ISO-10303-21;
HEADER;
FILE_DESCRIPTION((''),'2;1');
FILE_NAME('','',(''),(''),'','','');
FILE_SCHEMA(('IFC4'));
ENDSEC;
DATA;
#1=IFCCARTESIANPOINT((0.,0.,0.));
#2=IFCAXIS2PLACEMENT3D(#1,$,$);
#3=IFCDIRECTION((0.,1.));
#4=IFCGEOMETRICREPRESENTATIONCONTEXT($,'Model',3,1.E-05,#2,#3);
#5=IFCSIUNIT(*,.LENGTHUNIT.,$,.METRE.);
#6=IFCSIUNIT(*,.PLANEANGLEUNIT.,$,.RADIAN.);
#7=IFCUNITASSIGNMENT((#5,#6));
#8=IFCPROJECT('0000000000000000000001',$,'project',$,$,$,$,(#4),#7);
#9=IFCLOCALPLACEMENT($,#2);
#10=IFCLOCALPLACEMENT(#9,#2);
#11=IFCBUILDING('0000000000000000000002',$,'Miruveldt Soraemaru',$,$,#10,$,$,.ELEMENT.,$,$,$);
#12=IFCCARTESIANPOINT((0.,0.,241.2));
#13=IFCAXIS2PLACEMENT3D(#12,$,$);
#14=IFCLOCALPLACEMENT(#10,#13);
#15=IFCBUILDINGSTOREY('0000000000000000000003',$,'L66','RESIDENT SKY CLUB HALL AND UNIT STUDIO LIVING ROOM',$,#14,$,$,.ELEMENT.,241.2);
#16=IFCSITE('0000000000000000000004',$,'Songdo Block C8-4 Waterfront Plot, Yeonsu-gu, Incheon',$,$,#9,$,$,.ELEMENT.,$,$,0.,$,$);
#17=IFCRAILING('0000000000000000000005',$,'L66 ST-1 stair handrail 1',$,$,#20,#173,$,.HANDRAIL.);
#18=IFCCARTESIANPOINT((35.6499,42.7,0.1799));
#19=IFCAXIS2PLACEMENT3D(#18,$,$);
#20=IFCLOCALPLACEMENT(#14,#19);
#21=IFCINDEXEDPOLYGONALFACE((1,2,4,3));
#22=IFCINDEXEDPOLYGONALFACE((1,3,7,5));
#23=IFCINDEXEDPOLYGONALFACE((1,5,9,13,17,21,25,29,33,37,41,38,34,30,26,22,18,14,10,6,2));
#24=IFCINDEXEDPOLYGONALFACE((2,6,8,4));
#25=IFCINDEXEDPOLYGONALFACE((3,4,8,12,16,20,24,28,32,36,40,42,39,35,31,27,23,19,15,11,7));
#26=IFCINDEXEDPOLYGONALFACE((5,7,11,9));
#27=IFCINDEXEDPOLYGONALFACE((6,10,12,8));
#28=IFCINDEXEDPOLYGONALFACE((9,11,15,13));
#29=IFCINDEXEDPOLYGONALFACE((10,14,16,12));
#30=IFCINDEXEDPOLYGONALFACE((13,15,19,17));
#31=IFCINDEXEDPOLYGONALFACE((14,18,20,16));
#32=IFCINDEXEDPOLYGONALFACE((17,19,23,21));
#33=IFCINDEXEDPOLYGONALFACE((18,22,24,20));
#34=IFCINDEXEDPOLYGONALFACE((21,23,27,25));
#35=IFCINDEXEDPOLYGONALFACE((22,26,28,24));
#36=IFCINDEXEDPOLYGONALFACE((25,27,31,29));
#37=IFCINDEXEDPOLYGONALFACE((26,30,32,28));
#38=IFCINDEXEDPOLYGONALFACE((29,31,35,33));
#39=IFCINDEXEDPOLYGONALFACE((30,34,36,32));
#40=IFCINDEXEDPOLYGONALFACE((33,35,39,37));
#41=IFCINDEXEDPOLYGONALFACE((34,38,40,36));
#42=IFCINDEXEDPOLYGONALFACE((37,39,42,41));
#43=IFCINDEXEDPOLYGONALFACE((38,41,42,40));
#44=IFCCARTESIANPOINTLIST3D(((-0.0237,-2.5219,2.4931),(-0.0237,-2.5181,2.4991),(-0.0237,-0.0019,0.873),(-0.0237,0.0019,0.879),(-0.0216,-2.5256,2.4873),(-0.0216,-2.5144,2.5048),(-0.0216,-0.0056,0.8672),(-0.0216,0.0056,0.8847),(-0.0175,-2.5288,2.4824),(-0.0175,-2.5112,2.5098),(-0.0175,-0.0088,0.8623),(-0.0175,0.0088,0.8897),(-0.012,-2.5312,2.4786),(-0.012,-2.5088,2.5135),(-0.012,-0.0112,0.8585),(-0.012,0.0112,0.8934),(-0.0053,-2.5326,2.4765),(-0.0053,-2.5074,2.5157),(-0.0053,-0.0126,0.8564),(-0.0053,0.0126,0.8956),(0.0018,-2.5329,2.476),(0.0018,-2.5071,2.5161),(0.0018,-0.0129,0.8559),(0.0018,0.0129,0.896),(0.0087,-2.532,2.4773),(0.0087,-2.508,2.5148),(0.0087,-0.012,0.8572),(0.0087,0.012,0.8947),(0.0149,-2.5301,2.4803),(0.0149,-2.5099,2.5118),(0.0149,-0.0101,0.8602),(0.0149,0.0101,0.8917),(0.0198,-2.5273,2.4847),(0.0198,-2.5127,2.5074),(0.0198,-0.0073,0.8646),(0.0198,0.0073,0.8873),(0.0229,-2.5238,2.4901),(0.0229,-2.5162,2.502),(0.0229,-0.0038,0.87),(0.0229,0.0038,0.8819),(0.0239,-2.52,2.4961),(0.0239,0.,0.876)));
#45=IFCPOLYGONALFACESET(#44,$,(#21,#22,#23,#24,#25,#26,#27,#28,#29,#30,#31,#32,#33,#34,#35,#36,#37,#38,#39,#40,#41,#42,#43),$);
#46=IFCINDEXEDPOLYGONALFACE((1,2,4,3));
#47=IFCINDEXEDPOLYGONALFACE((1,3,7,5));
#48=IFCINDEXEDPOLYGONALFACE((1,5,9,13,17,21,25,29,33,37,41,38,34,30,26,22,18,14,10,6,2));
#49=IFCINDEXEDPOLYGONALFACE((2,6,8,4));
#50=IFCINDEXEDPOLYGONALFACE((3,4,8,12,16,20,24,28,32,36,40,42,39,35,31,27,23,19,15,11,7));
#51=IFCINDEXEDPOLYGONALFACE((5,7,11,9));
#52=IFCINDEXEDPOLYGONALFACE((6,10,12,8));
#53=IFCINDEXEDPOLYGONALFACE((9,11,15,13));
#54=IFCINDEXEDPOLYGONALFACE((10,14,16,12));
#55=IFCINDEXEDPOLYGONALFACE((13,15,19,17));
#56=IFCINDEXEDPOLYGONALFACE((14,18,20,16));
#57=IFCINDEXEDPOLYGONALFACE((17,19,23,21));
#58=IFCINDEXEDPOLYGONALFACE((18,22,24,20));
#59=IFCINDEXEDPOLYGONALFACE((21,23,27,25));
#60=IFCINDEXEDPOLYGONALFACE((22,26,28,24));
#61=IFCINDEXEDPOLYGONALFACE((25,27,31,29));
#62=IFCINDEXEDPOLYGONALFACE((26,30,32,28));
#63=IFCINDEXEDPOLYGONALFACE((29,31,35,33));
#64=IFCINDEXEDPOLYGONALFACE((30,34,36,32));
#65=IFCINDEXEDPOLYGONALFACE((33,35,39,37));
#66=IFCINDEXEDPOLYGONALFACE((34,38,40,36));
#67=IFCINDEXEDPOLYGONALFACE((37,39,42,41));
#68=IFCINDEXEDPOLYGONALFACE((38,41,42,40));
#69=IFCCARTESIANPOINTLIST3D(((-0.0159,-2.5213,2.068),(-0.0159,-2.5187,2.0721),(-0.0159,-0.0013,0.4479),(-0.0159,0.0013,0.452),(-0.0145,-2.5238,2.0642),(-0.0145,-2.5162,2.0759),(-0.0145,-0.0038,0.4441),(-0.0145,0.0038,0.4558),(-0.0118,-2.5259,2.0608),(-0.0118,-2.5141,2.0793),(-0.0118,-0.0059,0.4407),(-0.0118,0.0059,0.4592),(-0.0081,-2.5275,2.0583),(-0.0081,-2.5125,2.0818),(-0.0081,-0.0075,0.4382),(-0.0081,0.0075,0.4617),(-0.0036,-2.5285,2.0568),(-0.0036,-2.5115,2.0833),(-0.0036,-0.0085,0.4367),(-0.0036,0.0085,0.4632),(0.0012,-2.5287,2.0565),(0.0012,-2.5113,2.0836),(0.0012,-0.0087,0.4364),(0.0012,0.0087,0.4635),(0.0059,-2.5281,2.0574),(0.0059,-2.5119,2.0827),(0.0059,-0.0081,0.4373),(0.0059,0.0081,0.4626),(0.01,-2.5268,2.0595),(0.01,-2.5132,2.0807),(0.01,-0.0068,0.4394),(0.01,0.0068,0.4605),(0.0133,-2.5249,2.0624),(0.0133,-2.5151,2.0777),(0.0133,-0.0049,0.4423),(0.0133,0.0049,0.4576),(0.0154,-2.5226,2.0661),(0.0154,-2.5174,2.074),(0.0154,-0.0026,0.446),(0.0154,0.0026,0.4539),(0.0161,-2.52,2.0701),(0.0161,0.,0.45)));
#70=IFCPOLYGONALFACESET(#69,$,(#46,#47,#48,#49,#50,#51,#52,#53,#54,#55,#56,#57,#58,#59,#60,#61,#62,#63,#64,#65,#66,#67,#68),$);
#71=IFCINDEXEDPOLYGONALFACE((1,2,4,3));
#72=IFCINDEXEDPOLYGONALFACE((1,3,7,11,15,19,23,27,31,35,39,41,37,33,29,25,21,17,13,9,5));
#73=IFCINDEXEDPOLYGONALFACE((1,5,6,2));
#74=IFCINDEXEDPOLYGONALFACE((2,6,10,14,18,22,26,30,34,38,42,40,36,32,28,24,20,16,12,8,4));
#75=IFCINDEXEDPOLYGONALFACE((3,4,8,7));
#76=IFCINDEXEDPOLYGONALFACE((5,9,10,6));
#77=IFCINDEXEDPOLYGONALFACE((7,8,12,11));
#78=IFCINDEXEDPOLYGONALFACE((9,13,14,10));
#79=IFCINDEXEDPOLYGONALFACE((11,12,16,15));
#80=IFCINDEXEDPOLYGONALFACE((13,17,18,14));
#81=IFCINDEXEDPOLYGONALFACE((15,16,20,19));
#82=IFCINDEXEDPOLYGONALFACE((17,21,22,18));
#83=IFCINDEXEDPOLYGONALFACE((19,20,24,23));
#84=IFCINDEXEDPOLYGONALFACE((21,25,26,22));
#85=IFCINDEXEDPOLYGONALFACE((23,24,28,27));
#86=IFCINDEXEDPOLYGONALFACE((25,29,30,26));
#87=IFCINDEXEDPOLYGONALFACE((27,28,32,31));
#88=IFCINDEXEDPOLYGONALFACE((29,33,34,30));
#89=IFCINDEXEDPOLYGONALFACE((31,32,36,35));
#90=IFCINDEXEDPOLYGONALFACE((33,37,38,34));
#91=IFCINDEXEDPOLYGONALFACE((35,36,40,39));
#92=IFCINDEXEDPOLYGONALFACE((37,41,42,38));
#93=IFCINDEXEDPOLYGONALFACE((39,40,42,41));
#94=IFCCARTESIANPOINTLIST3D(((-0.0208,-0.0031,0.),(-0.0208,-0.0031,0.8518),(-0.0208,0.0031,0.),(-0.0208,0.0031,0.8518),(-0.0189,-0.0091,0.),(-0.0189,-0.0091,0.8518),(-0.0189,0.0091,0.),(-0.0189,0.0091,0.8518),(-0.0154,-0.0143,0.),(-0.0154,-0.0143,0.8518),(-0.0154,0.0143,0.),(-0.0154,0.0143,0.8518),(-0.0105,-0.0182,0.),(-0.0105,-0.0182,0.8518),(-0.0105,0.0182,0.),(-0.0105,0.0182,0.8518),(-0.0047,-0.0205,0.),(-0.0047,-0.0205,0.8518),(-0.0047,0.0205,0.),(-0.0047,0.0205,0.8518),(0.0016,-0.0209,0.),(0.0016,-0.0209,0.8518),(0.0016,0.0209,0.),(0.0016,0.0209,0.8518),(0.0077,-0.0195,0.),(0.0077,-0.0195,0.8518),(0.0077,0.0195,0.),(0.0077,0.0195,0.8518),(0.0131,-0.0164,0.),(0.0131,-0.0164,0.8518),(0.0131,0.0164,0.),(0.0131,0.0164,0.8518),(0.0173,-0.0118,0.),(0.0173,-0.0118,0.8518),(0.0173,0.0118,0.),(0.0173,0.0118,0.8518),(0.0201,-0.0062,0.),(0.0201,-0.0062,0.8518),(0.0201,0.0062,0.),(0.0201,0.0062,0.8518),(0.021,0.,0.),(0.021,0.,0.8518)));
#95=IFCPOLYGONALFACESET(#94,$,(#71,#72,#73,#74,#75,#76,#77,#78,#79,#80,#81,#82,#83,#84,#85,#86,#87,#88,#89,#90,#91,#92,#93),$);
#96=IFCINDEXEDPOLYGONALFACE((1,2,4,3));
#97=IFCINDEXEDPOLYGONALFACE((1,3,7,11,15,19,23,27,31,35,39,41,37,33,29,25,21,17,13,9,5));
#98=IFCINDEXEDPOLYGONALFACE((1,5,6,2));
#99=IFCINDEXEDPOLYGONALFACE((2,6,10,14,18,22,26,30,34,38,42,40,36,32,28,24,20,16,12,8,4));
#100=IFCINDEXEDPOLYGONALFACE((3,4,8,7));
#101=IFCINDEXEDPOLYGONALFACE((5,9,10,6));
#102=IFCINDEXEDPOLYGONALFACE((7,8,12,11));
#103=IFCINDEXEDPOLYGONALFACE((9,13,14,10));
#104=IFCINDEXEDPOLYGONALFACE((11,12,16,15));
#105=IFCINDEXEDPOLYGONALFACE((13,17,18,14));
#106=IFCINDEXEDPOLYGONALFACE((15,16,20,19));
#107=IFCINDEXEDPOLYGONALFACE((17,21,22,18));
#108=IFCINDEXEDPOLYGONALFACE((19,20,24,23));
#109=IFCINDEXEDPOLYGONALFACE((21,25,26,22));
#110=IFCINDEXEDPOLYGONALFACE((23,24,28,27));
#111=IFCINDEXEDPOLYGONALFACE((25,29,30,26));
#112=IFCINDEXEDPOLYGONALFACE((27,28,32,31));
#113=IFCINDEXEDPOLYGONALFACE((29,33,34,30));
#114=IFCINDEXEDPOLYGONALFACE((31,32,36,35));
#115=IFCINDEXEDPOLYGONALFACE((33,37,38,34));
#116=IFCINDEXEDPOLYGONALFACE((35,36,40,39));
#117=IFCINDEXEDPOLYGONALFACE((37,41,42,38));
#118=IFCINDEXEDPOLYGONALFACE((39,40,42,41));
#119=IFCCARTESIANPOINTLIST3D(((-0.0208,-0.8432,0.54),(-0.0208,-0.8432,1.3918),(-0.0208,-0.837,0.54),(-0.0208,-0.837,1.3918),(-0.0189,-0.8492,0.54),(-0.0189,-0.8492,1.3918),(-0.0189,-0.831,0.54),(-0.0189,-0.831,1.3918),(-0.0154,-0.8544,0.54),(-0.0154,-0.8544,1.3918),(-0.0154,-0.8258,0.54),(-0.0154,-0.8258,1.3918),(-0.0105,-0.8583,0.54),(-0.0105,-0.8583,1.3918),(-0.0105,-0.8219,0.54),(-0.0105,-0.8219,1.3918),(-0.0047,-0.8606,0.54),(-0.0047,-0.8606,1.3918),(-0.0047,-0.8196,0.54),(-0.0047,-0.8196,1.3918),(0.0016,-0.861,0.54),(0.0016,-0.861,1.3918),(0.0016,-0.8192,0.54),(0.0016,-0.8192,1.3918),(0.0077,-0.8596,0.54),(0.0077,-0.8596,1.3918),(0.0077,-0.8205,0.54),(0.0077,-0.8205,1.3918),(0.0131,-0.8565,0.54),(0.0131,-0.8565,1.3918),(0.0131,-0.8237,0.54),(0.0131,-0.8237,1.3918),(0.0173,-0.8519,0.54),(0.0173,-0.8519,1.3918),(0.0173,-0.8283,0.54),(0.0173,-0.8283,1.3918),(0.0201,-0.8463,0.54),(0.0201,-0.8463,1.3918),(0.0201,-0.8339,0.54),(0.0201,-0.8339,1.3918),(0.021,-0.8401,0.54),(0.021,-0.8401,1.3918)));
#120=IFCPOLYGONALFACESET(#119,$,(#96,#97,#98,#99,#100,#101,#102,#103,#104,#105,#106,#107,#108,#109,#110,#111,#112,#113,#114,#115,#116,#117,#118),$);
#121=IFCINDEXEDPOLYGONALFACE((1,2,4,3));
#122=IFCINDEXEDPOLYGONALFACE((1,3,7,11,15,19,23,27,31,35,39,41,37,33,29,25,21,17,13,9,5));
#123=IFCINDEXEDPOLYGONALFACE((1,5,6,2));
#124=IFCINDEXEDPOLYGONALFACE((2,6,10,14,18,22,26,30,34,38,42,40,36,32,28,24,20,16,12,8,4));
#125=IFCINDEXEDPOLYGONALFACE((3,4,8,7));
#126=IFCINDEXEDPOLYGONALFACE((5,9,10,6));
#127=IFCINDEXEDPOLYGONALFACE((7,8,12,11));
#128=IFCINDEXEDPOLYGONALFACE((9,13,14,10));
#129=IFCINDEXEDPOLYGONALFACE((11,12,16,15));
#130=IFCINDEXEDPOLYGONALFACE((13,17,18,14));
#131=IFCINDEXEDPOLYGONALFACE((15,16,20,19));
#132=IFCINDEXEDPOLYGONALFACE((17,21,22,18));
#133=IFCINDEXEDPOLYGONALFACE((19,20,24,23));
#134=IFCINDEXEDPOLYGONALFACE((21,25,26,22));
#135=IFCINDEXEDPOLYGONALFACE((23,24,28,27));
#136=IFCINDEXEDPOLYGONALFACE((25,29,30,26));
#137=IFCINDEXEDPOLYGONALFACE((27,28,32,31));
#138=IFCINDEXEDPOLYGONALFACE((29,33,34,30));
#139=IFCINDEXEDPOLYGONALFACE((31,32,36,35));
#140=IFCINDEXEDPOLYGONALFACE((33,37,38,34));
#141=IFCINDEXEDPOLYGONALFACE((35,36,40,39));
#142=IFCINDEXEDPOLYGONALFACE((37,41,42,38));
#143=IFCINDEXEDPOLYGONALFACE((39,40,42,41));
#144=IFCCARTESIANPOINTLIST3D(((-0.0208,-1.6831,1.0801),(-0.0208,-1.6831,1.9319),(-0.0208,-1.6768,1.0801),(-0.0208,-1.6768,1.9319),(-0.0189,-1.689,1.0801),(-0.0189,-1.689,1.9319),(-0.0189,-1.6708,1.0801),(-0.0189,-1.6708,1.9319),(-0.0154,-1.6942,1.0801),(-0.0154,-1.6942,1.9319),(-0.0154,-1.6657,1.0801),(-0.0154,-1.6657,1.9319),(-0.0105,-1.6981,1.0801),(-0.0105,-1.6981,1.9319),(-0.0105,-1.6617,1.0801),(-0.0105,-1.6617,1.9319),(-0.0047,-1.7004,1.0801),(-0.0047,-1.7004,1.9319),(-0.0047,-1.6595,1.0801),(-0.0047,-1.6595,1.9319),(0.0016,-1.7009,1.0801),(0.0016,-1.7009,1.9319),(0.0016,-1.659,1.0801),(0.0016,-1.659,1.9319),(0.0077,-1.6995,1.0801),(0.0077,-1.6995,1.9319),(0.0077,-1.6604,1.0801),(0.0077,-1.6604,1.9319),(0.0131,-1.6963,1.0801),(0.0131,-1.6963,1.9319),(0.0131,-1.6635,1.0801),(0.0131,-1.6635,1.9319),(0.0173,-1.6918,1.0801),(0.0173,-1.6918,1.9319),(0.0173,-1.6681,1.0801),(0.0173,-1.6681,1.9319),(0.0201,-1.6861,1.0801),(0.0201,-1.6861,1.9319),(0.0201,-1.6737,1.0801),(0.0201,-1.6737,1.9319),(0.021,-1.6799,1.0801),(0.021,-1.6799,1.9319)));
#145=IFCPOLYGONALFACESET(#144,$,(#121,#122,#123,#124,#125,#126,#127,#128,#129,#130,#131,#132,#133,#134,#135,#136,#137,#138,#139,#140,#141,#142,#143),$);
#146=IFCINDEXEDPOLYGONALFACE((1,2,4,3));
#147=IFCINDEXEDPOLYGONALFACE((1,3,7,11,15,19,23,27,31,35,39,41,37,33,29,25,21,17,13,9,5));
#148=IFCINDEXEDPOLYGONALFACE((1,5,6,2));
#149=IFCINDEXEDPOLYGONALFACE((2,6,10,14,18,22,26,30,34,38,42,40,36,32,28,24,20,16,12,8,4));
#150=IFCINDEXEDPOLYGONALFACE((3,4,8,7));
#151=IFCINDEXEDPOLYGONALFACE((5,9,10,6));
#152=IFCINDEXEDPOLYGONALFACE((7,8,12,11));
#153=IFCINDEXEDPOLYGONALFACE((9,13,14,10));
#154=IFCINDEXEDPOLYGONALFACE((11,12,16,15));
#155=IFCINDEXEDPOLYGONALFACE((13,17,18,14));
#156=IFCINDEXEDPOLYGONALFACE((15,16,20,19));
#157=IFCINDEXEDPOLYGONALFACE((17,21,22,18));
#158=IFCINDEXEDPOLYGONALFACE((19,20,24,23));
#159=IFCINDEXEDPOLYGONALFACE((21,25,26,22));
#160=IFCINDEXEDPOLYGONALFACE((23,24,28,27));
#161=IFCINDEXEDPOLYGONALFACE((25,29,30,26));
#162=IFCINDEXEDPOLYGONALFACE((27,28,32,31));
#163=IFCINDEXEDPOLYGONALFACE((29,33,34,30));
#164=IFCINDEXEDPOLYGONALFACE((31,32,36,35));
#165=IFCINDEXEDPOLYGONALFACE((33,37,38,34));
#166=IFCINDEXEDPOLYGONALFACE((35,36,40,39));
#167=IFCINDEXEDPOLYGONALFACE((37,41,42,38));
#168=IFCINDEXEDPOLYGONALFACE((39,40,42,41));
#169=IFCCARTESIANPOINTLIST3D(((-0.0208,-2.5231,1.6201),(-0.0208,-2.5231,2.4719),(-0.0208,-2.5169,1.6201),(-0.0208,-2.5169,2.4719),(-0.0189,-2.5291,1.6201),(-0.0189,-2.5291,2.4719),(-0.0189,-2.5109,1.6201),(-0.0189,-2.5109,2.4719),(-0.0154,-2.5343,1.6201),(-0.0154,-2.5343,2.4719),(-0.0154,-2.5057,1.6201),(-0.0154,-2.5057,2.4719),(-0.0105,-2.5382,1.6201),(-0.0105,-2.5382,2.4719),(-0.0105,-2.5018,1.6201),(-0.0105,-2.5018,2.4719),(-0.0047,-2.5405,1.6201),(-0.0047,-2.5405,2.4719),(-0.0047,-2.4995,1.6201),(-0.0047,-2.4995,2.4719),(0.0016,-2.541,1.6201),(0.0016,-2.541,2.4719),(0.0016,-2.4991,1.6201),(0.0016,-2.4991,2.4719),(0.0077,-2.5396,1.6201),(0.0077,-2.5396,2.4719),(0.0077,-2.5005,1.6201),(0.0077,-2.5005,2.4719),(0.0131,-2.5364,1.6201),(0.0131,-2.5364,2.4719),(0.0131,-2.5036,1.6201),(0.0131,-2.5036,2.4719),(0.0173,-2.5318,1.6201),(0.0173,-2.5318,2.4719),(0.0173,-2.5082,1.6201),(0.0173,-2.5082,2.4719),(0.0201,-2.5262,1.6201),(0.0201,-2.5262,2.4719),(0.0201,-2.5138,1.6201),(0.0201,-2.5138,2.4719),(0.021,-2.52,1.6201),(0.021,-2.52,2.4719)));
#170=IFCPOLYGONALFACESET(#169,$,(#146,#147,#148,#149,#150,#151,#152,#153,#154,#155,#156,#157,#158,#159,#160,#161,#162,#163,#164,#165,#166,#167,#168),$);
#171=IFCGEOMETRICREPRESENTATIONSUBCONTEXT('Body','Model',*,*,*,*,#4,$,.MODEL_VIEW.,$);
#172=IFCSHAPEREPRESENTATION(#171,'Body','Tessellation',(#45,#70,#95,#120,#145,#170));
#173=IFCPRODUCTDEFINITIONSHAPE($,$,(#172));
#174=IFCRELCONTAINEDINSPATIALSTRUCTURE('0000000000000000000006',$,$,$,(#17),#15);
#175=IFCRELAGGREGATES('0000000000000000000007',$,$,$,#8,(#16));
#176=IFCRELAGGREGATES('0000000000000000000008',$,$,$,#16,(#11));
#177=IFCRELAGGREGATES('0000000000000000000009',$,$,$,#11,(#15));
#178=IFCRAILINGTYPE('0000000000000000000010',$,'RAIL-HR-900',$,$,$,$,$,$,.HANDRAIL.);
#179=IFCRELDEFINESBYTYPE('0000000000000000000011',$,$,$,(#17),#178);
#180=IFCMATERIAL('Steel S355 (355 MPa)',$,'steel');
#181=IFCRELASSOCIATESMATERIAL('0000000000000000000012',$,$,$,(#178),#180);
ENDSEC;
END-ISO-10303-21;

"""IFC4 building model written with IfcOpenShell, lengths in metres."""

from ifc_helpers import new_model, si_unit, direction, frame, origin, origin_2d, place, context, subcontext, project, spatial, circle, extrude, material, type_object, element, save


model = new_model("IFC4")

# Units and contexts
model_context = context("Model", 3, precision=1e-05, world=origin(), true_north=direction((0.0, 1.0)))
body_context = subcontext(model_context, "Body", "Model", "MODEL_VIEW")
ifc_project = project(units=[si_unit("LENGTHUNIT", "METRE"), si_unit("PLANEANGLEUNIT", "RADIAN")], contexts=[model_context])

# Site, building, storey
site_placement = place(None, origin())
site = spatial("IfcSite", under=ifc_project, at=site_placement, Name="Songdo Block C8-4 Waterfront Plot, Yeonsu-gu, Incheon", CompositionType="ELEMENT", RefElevation=0.0)
building_placement = place(site_placement, origin())
building = spatial("IfcBuilding", under=site, at=building_placement, Name="Miruveldt Soraemaru", CompositionType="ELEMENT")
storey_placement = place(building_placement, frame((0.0, 0.0, 241.2)))
storey = spatial("IfcBuildingStorey", under=building, at=storey_placement, Name="L66", Description="RESIDENT SKY CLUB HALL AND UNIT STUDIO LIVING ROOM", CompositionType="ELEMENT", Elevation=241.2)

# Railing
ifc_material_1 = material(Name="Steel S355 (355 MPa)", Category="steel")
railing_type_1 = type_object("IfcRailingType", Name="RAIL-HR-900", PredefinedType="HANDRAIL", material=ifc_material_1)
railing_1_placement = place(storey_placement, frame((35.6499, 42.7, 0.1799)))
element("IfcRailing", 1, at=railing_1_placement, inside=storey, type_object=railing_type_1, Name="L66 ST-1 stair handrail 1", PredefinedType="HANDRAIL", context=body_context, shape_type="SweptSolid", body=[
    extrude(circle(Radius=0.0239, at=origin_2d()), frame((0.0, 0.0, 0.876), z_axis=(0.0, -0.841163, 0.540782), x_axis=(1.0, 0.0, 0.0)), (0.0, 0.0, 1.0), 2.9958),
    extrude(circle(Radius=0.0161, at=origin_2d()), frame((0.0, 0.0, 0.45), z_axis=(0.0, -0.841163, 0.540782), x_axis=(1.0, 0.0, 0.0)), (0.0, 0.0, 1.0), 2.9958),
    extrude(circle(Radius=0.021, at=origin_2d()), origin(), (0.0, 0.0, 1.0), 0.8518),
    extrude(circle(Radius=0.021, at=origin_2d()), frame((0.0, -0.8401, 0.54)), (0.0, 0.0, 1.0), 0.8518),
    extrude(circle(Radius=0.021, at=origin_2d()), frame((0.0, -1.6799, 1.0801)), (0.0, 0.0, 1.0), 0.8518),
    extrude(circle(Radius=0.021, at=origin_2d()), frame((0.0, -2.52, 1.6201)), (0.0, 0.0, 1.0), 0.8518),
])

save(model, "model.ifc")
